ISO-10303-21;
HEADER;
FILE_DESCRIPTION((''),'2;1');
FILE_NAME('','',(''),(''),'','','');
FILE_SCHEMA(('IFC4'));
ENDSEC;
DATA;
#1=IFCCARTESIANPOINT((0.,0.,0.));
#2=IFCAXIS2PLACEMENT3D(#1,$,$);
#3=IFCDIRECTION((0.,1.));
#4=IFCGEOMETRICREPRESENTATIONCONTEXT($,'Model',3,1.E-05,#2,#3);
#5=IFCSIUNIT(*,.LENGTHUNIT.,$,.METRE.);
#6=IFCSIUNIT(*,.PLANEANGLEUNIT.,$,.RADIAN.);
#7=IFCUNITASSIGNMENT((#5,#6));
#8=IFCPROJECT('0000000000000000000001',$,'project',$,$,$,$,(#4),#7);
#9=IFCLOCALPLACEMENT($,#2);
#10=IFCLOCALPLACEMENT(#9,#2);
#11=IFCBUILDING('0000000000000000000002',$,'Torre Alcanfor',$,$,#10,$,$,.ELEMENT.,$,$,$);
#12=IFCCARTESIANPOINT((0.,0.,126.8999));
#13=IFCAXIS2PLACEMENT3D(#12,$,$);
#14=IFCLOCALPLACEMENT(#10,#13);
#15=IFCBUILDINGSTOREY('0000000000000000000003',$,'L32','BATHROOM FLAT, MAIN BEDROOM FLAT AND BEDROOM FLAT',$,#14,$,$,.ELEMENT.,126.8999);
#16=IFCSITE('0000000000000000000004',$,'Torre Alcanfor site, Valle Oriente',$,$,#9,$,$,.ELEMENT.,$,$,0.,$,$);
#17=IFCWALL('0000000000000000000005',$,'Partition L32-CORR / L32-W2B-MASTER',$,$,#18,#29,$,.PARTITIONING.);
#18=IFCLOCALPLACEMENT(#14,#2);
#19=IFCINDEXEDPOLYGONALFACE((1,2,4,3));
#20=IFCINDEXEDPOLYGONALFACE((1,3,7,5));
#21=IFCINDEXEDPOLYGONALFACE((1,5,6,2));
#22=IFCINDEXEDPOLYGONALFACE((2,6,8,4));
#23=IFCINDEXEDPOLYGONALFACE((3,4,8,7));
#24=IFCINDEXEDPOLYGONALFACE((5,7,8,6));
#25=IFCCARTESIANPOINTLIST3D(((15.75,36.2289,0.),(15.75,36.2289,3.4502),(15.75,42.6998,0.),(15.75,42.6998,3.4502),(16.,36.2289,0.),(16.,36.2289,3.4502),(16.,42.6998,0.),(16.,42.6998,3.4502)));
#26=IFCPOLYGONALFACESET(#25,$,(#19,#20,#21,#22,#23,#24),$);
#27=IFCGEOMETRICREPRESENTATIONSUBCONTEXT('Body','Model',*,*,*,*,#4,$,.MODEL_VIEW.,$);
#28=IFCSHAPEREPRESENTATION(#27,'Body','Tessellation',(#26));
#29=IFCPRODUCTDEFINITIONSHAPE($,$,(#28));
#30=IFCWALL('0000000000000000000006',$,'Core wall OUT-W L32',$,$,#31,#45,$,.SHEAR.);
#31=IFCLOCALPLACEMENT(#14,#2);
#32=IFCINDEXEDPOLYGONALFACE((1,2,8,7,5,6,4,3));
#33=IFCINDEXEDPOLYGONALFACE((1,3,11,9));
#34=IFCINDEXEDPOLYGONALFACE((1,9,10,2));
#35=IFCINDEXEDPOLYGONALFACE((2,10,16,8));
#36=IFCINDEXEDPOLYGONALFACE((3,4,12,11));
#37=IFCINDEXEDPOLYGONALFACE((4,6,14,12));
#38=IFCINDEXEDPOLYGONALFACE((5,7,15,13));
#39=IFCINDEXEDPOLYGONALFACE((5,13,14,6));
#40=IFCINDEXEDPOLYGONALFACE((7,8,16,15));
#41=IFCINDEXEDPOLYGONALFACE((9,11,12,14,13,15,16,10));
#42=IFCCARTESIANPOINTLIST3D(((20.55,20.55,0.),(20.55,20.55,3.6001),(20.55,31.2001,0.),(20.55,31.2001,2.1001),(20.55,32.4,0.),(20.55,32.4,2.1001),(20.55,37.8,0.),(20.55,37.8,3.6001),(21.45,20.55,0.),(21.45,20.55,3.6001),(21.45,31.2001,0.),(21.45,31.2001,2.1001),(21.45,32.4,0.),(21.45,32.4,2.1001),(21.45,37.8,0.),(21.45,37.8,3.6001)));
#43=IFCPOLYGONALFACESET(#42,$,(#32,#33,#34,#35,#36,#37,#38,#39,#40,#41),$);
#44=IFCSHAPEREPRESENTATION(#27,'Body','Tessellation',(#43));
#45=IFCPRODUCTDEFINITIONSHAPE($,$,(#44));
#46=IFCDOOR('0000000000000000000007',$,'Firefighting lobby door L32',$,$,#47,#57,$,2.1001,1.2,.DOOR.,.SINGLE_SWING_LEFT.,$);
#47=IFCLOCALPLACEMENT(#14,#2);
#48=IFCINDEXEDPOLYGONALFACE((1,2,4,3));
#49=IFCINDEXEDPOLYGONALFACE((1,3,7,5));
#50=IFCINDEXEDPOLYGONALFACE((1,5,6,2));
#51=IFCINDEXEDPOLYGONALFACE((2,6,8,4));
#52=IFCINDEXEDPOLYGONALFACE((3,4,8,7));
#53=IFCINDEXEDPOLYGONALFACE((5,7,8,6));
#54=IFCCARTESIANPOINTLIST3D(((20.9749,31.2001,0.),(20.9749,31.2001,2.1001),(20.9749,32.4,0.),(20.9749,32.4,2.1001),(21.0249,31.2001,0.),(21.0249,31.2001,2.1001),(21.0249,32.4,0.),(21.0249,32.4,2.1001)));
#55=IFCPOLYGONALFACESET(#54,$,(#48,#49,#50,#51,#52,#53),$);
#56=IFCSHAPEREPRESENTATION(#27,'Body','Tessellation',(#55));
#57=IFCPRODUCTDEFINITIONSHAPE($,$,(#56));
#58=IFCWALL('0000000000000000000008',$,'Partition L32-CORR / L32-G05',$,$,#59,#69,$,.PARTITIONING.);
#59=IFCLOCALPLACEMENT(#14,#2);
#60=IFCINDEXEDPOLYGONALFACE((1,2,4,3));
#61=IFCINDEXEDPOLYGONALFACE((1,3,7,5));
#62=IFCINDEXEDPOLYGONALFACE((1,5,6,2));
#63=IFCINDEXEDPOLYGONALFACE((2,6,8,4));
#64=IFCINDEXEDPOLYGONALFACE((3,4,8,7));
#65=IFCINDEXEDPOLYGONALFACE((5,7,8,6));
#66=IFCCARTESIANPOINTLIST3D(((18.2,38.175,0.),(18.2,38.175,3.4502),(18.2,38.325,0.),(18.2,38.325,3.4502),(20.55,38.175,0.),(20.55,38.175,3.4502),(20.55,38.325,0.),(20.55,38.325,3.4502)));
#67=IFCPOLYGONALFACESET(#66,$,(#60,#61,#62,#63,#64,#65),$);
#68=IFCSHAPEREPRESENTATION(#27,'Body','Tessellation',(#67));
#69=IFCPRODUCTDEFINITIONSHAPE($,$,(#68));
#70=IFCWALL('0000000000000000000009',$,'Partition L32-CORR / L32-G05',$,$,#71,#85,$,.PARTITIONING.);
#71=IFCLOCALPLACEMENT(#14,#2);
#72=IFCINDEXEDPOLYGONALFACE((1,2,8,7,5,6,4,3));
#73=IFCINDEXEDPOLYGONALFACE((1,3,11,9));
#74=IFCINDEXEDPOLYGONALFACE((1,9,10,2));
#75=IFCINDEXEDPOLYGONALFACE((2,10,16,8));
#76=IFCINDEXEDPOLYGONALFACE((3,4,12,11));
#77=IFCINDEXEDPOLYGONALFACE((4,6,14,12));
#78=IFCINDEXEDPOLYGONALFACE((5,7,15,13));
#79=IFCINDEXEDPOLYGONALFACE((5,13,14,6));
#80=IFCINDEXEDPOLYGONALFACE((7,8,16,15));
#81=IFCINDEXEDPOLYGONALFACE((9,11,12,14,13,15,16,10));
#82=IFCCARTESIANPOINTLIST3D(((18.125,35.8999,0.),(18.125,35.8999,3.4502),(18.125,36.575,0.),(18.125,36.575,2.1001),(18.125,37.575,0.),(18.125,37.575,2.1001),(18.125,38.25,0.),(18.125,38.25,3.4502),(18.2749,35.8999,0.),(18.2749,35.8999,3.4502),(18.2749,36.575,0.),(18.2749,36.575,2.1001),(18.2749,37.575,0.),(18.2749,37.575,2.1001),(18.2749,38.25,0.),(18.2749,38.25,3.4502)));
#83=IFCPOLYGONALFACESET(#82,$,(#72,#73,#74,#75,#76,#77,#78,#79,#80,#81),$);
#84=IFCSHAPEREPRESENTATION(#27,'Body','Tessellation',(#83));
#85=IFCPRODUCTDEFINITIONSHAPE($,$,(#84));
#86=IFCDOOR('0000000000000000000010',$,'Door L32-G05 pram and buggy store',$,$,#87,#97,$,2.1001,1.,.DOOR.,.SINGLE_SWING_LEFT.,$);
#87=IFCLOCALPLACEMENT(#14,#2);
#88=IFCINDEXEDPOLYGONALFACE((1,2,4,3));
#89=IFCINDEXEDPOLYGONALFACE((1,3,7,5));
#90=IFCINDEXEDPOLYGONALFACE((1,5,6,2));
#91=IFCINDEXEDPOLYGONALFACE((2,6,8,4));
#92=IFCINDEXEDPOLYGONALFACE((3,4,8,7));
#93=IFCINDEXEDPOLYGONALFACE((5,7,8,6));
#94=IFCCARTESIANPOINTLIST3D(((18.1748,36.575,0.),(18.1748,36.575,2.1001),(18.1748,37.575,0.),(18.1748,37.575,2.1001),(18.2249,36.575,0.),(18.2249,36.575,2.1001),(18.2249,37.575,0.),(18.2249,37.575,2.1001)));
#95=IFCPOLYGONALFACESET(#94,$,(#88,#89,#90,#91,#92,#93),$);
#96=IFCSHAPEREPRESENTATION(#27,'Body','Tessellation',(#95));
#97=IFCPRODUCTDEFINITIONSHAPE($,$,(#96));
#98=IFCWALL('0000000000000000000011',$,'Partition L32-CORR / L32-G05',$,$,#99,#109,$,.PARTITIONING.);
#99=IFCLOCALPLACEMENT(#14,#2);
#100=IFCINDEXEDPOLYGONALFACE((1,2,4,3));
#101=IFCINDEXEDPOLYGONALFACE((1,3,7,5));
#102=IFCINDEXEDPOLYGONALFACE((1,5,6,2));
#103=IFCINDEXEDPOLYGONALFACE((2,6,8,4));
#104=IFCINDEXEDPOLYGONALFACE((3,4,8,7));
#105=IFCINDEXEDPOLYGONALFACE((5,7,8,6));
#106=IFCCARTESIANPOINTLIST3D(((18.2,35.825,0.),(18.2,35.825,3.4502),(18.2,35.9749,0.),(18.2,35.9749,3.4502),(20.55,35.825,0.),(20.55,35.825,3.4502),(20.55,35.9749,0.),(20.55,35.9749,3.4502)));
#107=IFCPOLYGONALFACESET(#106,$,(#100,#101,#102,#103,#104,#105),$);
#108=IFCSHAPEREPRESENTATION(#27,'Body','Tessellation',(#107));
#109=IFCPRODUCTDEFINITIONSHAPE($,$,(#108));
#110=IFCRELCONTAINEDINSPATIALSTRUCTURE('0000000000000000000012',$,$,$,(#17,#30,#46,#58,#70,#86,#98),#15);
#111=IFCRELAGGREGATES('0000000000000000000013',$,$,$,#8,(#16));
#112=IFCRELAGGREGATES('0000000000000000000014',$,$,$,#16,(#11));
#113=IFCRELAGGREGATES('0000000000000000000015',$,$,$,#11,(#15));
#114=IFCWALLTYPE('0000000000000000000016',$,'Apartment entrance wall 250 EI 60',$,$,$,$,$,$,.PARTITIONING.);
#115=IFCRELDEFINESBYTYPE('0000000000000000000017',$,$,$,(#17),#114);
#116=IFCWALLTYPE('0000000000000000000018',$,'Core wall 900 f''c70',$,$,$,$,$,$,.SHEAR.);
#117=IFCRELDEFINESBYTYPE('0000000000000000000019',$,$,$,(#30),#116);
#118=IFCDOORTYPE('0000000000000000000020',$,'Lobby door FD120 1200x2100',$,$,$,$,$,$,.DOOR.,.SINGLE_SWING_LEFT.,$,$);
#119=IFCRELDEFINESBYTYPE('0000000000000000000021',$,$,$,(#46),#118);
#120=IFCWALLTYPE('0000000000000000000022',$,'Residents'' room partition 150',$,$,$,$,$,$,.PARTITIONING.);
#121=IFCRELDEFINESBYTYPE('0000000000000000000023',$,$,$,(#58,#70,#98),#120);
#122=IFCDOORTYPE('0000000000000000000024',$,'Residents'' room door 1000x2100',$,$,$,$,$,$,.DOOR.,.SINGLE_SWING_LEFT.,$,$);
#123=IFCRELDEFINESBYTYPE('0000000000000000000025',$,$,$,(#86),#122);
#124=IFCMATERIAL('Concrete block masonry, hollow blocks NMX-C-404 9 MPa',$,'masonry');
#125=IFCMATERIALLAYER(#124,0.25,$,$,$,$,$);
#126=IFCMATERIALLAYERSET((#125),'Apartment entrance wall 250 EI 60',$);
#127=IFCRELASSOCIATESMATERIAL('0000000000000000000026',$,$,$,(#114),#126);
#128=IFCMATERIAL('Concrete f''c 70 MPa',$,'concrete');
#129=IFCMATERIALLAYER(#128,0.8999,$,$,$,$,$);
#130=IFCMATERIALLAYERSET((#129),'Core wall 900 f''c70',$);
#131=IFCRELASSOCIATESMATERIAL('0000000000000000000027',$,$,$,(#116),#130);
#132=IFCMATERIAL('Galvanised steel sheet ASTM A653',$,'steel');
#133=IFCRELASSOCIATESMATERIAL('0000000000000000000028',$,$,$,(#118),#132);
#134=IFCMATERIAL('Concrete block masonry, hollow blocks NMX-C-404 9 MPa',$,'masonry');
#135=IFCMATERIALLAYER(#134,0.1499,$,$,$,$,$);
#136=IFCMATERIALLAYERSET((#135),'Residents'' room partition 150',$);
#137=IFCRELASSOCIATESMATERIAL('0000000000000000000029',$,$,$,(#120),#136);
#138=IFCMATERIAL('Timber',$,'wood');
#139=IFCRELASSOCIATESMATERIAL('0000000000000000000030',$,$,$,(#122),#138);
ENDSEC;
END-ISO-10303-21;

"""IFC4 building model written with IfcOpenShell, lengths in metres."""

from ifc_helpers import new_model, si_unit, direction, frame, frame_2d, origin, place, context, subcontext, project, spatial, rectangle, extrude, material, layer, layer_set, type_object, element, fill, save


model = new_model("IFC4")

# Units and contexts
model_context = context("Model", 3, precision=1e-05, world=origin(), true_north=direction((0.0, 1.0)))
body_context = subcontext(model_context, "Body", "Model", "MODEL_VIEW")
ifc_project = project(units=[si_unit("LENGTHUNIT", "METRE"), si_unit("PLANEANGLEUNIT", "RADIAN")], contexts=[model_context])

# Site, building, storey
site_placement = place(None, origin())
site = spatial("IfcSite", under=ifc_project, at=site_placement, Name="Torre Alcanfor site, Valle Oriente", CompositionType="ELEMENT", RefElevation=0.0)
building_placement = place(site_placement, origin())
building = spatial("IfcBuilding", under=site, at=building_placement, Name="Torre Alcanfor", CompositionType="ELEMENT")
storey_placement = place(building_placement, frame((0.0, 0.0, 126.8999)))
storey = spatial("IfcBuildingStorey", under=building, at=storey_placement, Name="L32", Description="BATHROOM FLAT, MAIN BEDROOM FLAT AND BEDROOM FLAT", CompositionType="ELEMENT", Elevation=126.8999)

# Wall
ifc_material_1 = material(Name="Concrete block masonry, hollow blocks NMX-C-404 9 MPa", Category="masonry")
ifc_layer_1 = layer(ifc_material_1, 0.25)
ifc_layer_set_1 = layer_set([ifc_layer_1], Name="Apartment entrance wall 250 EI 60")
wall_type_1 = type_object("IfcWallType", Name="Apartment entrance wall 250 EI 60", PredefinedType="PARTITIONING", material=ifc_layer_set_1)
wall_1_placement = place(storey_placement, frame((15.875, 36.229, 0.0), z_axis=(0.0, 0.0, 1.0), x_axis=(0.0, 1.0, 0.0)))
element("IfcWall", 1, at=wall_1_placement, inside=storey, type_object=wall_type_1, Name="Partition L32-CORR / L32-W2B-MASTER", PredefinedType="PARTITIONING", context=body_context, shape_type="SweptSolid", body=[
    extrude(rectangle(XDim=6.4709, YDim=0.25, at=frame_2d((3.2354, 0.0))), origin(), (0.0, 0.0, 1.0), 3.4502),
])

# Wall, opening, door
ifc_material_2 = material(Name="Concrete f'c 70 MPa", Category="concrete")
ifc_layer_2 = layer(ifc_material_2, 0.8999)
ifc_layer_set_2 = layer_set([ifc_layer_2], Name="Core wall 900 f'c70")
wall_type_2 = type_object("IfcWallType", Name="Core wall 900 f'c70", PredefinedType="SHEAR", material=ifc_layer_set_2)
wall_2_placement = place(storey_placement, frame((21.0, 37.8, 0.0), z_axis=(0.0, 0.0, 1.0), x_axis=(0.0, -1.0, 0.0)))
wall_2 = element("IfcWall", 2, at=wall_2_placement, inside=storey, type_object=wall_type_2, Name="Core wall OUT-W L32", PredefinedType="SHEAR", context=body_context, shape_type="SweptSolid", body=[
    extrude(rectangle(XDim=17.25, YDim=0.8999, at=frame_2d((8.625, 0.0))), origin(), (0.0, 0.0, 1.0), 3.6001),
])
opening_1_placement = place(wall_2_placement, frame((5.3999, 0.0, 0.0)))
opening_1 = element("IfcOpeningElement", 3, at=opening_1_placement, cuts=wall_2, PredefinedType="OPENING", context=body_context, shape_type="SweptSolid", body=[
    extrude(rectangle(XDim=1.2, YDim=2.1001, at=frame_2d((0.6001, 1.05))), frame((0.0, 0.46, 0.0), z_axis=(0.0, -1.0, 0.0), x_axis=(1.0, 0.0, 0.0)), (0.0, 0.0, 1.0), 0.9199),
])
ifc_material_3 = material(Name="Galvanised steel sheet ASTM A653", Category="steel")
door_type_1 = type_object("IfcDoorType", Name="Lobby door FD120 1200x2100", OperationType="SINGLE_SWING_LEFT", PredefinedType="DOOR", material=ifc_material_3)
door_1_placement = place(opening_1_placement, origin())
door_1 = element("IfcDoor", 4, at=door_1_placement, inside=storey, type_object=door_type_1, Name="Firefighting lobby door L32", OperationType="SINGLE_SWING_LEFT", OverallHeight=2.1001, OverallWidth=1.2, PredefinedType="DOOR", context=body_context, shape_type="SweptSolid", body=[
    extrude(rectangle(XDim=1.2, YDim=2.1001, at=frame_2d((0.6001, 1.05))), frame((0.0, 0.0249, 0.0), z_axis=(0.0, -1.0, 0.0), x_axis=(1.0, 0.0, 0.0)), (0.0, 0.0, 1.0), 0.05),
])
fill(opening_1, door_1)

# Wall
ifc_material_4 = material(Name="Concrete block masonry, hollow blocks NMX-C-404 9 MPa", Category="masonry")
ifc_layer_3 = layer(ifc_material_4, 0.1499)
ifc_layer_set_3 = layer_set([ifc_layer_3], Name="Residents' room partition 150")
wall_type_3 = type_object("IfcWallType", Name="Residents' room partition 150", PredefinedType="PARTITIONING", material=ifc_layer_set_3)
wall_3_placement = place(storey_placement, frame((20.55, 38.25, 0.0), z_axis=(0.0, 0.0, 1.0), x_axis=(-1.0, 0.0, 0.0)))
element("IfcWall", 5, at=wall_3_placement, inside=storey, type_object=wall_type_3, Name="Partition L32-CORR / L32-G05", PredefinedType="PARTITIONING", context=body_context, shape_type="SweptSolid", body=[
    extrude(rectangle(XDim=2.3501, YDim=0.1499, at=frame_2d((1.175, 0.0))), origin(), (0.0, 0.0, 1.0), 3.4502),
])

# Wall, opening, door
wall_4_placement = place(storey_placement, frame((18.2, 38.25, 0.0), z_axis=(0.0, 0.0, 1.0), x_axis=(0.0, -1.0, 0.0)))
wall_4 = element("IfcWall", 6, at=wall_4_placement, inside=storey, type_object=wall_type_3, Name="Partition L32-CORR / L32-G05", PredefinedType="PARTITIONING", context=body_context, shape_type="SweptSolid", body=[
    extrude(rectangle(XDim=2.3501, YDim=0.1499, at=frame_2d((1.175, 0.0))), origin(), (0.0, 0.0, 1.0), 3.4502),
])
opening_2_placement = place(wall_4_placement, frame((0.675, 0.0, 0.0)))
opening_2 = element("IfcOpeningElement", 7, at=opening_2_placement, cuts=wall_4, PredefinedType="OPENING", context=body_context, shape_type="SweptSolid", body=[
    extrude(rectangle(XDim=1.0, YDim=2.1001, at=frame_2d((0.5, 1.05))), frame((0.0, 0.085, 0.0), z_axis=(0.0, -1.0, 0.0), x_axis=(1.0, 0.0, 0.0)), (0.0, 0.0, 1.0), 0.1699),
])
ifc_material_5 = material(Name="Timber", Category="wood")
door_type_2 = type_object("IfcDoorType", Name="Residents' room door 1000x2100", OperationType="SINGLE_SWING_LEFT", PredefinedType="DOOR", material=ifc_material_5)
door_2_placement = place(opening_2_placement, origin())
door_2 = element("IfcDoor", 8, at=door_2_placement, inside=storey, type_object=door_type_2, Name="Door L32-G05 pram and buggy store", OperationType="SINGLE_SWING_LEFT", OverallHeight=2.1001, OverallWidth=1.0, PredefinedType="DOOR", context=body_context, shape_type="SweptSolid", body=[
    extrude(rectangle(XDim=1.0, YDim=2.1001, at=frame_2d((0.5, 1.05))), frame((0.0, 0.0249, 0.0), z_axis=(0.0, -1.0, 0.0), x_axis=(1.0, 0.0, 0.0)), (0.0, 0.0, 1.0), 0.05),
])
fill(opening_2, door_2)

# Wall
wall_5_placement = place(storey_placement, frame((18.2, 35.8999, 0.0), z_axis=(0.0, 0.0, 1.0), x_axis=(1.0, 0.0, 0.0)))
element("IfcWall", 9, at=wall_5_placement, inside=storey, type_object=wall_type_3, Name="Partition L32-CORR / L32-G05", PredefinedType="PARTITIONING", context=body_context, shape_type="SweptSolid", body=[
    extrude(rectangle(XDim=2.3501, YDim=0.1499, at=frame_2d((1.175, 0.0))), origin(), (0.0, 0.0, 1.0), 3.4502),
])

save(model, "model.ifc")
